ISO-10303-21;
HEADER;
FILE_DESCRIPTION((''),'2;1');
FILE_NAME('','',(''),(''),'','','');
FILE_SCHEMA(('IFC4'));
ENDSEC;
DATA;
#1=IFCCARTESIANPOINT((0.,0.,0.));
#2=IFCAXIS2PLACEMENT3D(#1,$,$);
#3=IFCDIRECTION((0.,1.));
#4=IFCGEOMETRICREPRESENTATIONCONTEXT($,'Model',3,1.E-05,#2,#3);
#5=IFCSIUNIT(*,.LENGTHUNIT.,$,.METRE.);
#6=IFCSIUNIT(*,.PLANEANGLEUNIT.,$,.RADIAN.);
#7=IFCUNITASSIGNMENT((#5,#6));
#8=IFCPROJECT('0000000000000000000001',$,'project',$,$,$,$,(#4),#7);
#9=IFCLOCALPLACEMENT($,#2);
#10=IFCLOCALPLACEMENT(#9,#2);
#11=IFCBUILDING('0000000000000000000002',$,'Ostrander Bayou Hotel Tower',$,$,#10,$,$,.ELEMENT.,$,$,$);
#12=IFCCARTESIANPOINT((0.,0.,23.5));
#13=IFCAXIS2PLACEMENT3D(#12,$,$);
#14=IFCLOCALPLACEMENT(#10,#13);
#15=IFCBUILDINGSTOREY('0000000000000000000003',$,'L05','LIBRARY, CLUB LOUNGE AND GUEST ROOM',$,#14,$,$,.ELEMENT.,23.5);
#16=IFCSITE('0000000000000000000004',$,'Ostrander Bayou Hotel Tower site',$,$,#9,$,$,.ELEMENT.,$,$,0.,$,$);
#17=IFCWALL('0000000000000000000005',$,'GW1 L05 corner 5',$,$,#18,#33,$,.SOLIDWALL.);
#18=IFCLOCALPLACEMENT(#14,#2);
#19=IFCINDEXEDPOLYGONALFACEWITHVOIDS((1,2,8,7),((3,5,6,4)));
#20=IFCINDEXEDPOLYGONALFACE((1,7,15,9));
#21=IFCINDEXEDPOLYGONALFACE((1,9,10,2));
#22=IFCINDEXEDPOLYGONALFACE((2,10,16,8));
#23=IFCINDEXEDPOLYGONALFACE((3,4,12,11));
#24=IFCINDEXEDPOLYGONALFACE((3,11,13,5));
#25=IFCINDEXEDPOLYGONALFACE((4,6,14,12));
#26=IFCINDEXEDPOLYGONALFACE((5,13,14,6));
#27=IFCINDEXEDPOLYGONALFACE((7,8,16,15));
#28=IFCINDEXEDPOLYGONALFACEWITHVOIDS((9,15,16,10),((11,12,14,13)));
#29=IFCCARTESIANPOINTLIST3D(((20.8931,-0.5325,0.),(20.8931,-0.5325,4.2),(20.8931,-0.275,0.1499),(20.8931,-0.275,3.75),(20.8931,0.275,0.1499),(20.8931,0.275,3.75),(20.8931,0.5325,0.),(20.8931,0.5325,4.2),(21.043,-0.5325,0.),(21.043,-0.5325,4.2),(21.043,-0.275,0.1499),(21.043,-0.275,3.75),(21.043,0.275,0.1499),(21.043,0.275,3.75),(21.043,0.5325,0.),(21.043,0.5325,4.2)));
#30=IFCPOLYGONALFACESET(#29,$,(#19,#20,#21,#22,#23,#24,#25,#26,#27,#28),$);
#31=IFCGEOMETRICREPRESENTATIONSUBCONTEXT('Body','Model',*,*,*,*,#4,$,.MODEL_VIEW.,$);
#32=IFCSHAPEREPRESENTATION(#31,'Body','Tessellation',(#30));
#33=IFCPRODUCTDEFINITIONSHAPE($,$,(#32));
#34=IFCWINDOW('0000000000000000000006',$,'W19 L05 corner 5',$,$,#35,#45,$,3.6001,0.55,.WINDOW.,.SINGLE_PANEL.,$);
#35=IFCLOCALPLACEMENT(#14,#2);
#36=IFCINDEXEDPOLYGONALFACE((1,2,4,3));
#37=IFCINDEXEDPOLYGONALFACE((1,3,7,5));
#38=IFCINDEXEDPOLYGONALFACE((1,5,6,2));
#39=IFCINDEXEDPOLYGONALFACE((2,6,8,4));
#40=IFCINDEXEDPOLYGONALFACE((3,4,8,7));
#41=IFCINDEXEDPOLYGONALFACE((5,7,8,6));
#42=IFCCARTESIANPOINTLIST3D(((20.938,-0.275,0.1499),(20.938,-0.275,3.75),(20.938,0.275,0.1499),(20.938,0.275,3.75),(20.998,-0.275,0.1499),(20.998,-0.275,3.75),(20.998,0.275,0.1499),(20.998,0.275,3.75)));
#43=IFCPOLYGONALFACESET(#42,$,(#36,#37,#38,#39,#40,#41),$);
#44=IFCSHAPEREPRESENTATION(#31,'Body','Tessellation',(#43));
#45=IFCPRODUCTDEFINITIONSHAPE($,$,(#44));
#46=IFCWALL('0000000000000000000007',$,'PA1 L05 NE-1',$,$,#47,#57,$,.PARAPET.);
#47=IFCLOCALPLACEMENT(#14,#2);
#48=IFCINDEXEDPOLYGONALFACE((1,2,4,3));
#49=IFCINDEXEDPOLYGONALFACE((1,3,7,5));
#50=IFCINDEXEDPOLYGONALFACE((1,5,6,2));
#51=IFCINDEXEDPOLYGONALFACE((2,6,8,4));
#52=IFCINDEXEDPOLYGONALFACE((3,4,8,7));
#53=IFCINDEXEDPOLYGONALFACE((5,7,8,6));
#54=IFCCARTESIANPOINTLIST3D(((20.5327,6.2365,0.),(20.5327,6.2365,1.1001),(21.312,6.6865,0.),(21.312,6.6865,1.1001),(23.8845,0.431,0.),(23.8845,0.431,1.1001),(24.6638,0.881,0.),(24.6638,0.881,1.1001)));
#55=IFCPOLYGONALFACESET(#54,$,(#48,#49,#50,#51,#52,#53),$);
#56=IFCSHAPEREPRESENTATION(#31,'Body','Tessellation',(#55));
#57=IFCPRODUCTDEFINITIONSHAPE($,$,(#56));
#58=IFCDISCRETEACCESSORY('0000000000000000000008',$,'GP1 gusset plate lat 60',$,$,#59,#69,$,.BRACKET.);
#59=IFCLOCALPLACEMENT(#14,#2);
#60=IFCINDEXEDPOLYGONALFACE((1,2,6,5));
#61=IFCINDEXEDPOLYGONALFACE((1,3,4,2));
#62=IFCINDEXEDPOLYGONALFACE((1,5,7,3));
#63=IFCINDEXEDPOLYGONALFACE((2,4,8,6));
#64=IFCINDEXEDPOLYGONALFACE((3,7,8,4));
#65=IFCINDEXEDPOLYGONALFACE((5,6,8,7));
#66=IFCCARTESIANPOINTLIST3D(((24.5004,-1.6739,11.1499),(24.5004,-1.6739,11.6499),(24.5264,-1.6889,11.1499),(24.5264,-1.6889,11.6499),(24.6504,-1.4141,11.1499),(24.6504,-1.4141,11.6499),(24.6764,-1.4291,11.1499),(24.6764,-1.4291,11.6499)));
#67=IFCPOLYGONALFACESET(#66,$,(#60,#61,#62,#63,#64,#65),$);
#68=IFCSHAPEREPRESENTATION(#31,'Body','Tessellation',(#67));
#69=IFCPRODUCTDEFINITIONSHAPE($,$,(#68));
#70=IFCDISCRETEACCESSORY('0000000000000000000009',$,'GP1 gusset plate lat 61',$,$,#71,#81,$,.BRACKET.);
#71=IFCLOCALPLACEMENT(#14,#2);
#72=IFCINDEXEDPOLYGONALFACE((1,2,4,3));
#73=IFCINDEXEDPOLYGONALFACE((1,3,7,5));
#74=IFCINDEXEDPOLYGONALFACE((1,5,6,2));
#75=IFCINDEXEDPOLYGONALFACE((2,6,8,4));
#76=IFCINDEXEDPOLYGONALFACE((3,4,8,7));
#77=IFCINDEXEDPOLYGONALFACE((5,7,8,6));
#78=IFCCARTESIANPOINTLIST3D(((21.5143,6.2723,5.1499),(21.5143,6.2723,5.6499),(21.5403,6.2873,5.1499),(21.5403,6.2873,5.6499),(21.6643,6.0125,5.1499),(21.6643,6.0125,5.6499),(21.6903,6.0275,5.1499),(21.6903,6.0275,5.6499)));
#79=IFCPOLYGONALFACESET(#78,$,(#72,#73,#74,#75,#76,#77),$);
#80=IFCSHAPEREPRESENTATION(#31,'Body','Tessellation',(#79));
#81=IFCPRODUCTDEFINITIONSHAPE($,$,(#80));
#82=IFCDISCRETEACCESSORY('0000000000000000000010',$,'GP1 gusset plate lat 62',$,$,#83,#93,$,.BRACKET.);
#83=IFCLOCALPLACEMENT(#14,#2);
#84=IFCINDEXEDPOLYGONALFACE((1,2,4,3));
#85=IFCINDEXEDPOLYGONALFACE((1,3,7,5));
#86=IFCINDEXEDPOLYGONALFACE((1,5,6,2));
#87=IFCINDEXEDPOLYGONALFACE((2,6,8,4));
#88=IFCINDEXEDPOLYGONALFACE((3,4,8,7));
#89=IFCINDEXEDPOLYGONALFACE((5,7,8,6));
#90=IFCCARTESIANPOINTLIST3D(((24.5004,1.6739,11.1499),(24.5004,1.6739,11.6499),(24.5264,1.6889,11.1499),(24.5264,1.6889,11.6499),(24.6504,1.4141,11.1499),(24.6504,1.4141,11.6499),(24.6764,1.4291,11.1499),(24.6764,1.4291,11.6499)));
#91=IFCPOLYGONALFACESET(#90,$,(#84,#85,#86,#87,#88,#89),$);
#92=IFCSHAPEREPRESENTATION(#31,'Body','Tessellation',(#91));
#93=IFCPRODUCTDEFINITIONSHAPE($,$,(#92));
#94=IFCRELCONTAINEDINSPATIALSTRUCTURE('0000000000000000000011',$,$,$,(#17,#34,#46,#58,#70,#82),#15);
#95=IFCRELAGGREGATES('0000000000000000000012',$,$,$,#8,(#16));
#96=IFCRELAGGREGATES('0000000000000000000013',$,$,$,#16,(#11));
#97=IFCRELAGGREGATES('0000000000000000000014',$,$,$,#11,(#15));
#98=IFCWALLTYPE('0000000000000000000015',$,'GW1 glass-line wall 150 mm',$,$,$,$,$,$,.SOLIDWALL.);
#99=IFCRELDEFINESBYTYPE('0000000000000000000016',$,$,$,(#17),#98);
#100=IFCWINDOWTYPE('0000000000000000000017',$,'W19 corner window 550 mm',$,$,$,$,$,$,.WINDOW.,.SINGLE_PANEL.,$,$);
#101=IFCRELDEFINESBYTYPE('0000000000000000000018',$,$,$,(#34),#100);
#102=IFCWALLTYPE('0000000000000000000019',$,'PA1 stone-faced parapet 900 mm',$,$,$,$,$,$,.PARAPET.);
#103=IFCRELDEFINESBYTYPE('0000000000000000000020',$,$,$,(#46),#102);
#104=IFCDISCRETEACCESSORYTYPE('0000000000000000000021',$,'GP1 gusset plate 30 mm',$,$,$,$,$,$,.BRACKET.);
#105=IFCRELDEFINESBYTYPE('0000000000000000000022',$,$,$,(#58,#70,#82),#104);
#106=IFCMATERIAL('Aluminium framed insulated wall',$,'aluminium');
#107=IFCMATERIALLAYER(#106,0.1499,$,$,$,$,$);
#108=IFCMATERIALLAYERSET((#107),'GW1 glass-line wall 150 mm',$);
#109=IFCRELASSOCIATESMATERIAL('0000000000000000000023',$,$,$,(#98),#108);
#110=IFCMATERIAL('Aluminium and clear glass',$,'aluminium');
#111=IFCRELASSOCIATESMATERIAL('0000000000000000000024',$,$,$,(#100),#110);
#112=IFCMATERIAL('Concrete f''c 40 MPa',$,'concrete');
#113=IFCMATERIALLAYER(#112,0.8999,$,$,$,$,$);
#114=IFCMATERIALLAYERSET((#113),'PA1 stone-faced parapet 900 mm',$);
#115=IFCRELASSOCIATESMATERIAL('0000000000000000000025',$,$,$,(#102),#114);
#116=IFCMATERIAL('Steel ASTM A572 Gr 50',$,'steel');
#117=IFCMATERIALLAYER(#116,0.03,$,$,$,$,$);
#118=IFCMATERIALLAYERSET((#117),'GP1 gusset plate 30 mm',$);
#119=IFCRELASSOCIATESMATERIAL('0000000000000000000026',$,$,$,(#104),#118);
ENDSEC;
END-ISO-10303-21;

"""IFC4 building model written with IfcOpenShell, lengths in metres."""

from ifc_helpers import new_model, si_unit, direction, frame, frame_2d, origin, origin_2d, place, context, subcontext, project, spatial, rectangle, extrude, material, layer, layer_set, type_object, element, fill, save


model = new_model("IFC4")

# Units and contexts
model_context = context("Model", 3, precision=1e-05, world=origin(), true_north=direction((0.0, 1.0)))
body_context = subcontext(model_context, "Body", "Model", "MODEL_VIEW")
ifc_project = project(units=[si_unit("LENGTHUNIT", "METRE"), si_unit("PLANEANGLEUNIT", "RADIAN")], contexts=[model_context])

# Site, building, storey
site_placement = place(None, origin())
site = spatial("IfcSite", under=ifc_project, at=site_placement, Name="Ostrander Bayou Hotel Tower site", CompositionType="ELEMENT", RefElevation=0.0)
building_placement = place(site_placement, origin())
building = spatial("IfcBuilding", under=site, at=building_placement, Name="Ostrander Bayou Hotel Tower", CompositionType="ELEMENT")
storey_placement = place(building_placement, frame((0.0, 0.0, 23.5)))
storey = spatial("IfcBuildingStorey", under=building, at=storey_placement, Name="L05", Description="LIBRARY, CLUB LOUNGE AND GUEST ROOM", CompositionType="ELEMENT", Elevation=23.5)

# Shared definitions
ifc_material_1 = material(Name="Aluminium framed insulated wall", Category="aluminium")
ifc_layer_1 = layer(ifc_material_1, 0.1499)
ifc_layer_set_1 = layer_set([ifc_layer_1], Name="GW1 glass-line wall 150 mm")
wall_type_1 = type_object("IfcWallType", Name="GW1 glass-line wall 150 mm", PredefinedType="SOLIDWALL", material=ifc_layer_set_1)

# Wall, opening, window
wall_1_placement = place(storey_placement, frame((20.968, -0.5325, 0.0), z_axis=(0.0, 0.0, 1.0), x_axis=(0.0, 1.0, 0.0)))
wall_1 = element("IfcWall", 1, at=wall_1_placement, inside=storey, type_object=wall_type_1, Name="GW1 L05 corner 5", PredefinedType="SOLIDWALL", context=body_context, shape_type="SweptSolid", body=[
    extrude(rectangle(XDim=1.0649, YDim=0.1499, at=frame_2d((0.5325, 0.0))), origin(), (0.0, 0.0, 1.0), 4.2),
])
opening_placement = place(wall_1_placement, frame((0.2576, 0.0, 0.1499)))
opening = element("IfcOpeningElement", 2, at=opening_placement, cuts=wall_1, PredefinedType="OPENING", context=body_context, shape_type="SweptSolid", body=[
    extrude(rectangle(XDim=0.55, YDim=3.6001, at=frame_2d((0.2749, 1.8))), frame((0.0, 0.075, 0.0), z_axis=(0.0, -1.0, 0.0), x_axis=(1.0, 0.0, 0.0)), (0.0, 0.0, 1.0), 0.1499),
])
ifc_material_2 = material(Name="Aluminium and clear glass", Category="aluminium")
window_type = type_object("IfcWindowType", Name="W19 corner window 550 mm", PartitioningType="SINGLE_PANEL", PredefinedType="WINDOW", material=ifc_material_2)
window_placement = place(opening_placement, origin())
window = element("IfcWindow", 3, at=window_placement, inside=storey, type_object=window_type, Name="W19 L05 corner 5", OverallHeight=3.6001, OverallWidth=0.55, PartitioningType="SINGLE_PANEL", PredefinedType="WINDOW", context=body_context, shape_type="SweptSolid", body=[
    extrude(rectangle(XDim=0.55, YDim=3.6001, at=frame_2d((0.2749, 1.8))), frame((0.0, 0.03, 0.0), z_axis=(0.0, -1.0, 0.0), x_axis=(1.0, 0.0, 0.0)), (0.0, 0.0, 1.0), 0.0601),
])
fill(opening, window)

# Wall
ifc_material_3 = material(Name="Concrete f'c 40 MPa", Category="concrete")
ifc_layer_2 = layer(ifc_material_3, 0.8999)
ifc_layer_set_2 = layer_set([ifc_layer_2], Name="PA1 stone-faced parapet 900 mm")
wall_type_2 = type_object("IfcWallType", Name="PA1 stone-faced parapet 900 mm", PredefinedType="PARAPET", material=ifc_layer_set_2)
wall_2_placement = place(storey_placement, frame((24.2742, 0.656, 0.0), z_axis=(0.0, 0.0, 1.0), x_axis=(-0.500005, 0.866022, 0.0)))
element("IfcWall", 4, at=wall_2_placement, inside=storey, type_object=wall_type_2, Name="PA1 L05 NE-1", PredefinedType="PARAPET", context=body_context, shape_type="SweptSolid", body=[
    extrude(rectangle(XDim=6.7036, YDim=0.8999, at=frame_2d((3.3518, 0.0))), origin(), (0.0, 0.0, 1.0), 1.1001),
])

# Discrete accessories
ifc_material_4 = material(Name="Steel ASTM A572 Gr 50", Category="steel")
ifc_layer_3 = layer(ifc_material_4, 0.03)
ifc_layer_set_3 = layer_set([ifc_layer_3], Name="GP1 gusset plate 30 mm")
discrete_accessory_type = type_object("IfcDiscreteAccessoryType", Name="GP1 gusset plate 30 mm", PredefinedType="BRACKET", material=ifc_layer_set_3)
for number, where, z_axis, x_axis, name in (
    (5, (24.5884, -1.5515, 11.1499), (0.0, 0.0, 1.0), (0.5, 0.866025, 0.0), "GP1 gusset plate lat 60"),
    (6, (21.6023, 6.1499, 5.1499), (0.0, 0.0, 1.0), (-0.5, 0.866025, 0.0), "GP1 gusset plate lat 61"),
    (7, (24.5884, 1.5515, 11.1499), (0.0, 0.0, 1.0), (-0.5, 0.866025, 0.0), "GP1 gusset plate lat 62"),
):
    element("IfcDiscreteAccessory", number, at=place(storey_placement, frame(where, z_axis=z_axis, x_axis=x_axis)), inside=storey, type_object=discrete_accessory_type, Name=name, PredefinedType="BRACKET", context=body_context, shape_type="SweptSolid", body=[
        extrude(rectangle(XDim=0.3, YDim=0.03, at=origin_2d()), origin(), (0.0, 0.0, 1.0), 0.5),
    ])

save(model, "model.ifc")
